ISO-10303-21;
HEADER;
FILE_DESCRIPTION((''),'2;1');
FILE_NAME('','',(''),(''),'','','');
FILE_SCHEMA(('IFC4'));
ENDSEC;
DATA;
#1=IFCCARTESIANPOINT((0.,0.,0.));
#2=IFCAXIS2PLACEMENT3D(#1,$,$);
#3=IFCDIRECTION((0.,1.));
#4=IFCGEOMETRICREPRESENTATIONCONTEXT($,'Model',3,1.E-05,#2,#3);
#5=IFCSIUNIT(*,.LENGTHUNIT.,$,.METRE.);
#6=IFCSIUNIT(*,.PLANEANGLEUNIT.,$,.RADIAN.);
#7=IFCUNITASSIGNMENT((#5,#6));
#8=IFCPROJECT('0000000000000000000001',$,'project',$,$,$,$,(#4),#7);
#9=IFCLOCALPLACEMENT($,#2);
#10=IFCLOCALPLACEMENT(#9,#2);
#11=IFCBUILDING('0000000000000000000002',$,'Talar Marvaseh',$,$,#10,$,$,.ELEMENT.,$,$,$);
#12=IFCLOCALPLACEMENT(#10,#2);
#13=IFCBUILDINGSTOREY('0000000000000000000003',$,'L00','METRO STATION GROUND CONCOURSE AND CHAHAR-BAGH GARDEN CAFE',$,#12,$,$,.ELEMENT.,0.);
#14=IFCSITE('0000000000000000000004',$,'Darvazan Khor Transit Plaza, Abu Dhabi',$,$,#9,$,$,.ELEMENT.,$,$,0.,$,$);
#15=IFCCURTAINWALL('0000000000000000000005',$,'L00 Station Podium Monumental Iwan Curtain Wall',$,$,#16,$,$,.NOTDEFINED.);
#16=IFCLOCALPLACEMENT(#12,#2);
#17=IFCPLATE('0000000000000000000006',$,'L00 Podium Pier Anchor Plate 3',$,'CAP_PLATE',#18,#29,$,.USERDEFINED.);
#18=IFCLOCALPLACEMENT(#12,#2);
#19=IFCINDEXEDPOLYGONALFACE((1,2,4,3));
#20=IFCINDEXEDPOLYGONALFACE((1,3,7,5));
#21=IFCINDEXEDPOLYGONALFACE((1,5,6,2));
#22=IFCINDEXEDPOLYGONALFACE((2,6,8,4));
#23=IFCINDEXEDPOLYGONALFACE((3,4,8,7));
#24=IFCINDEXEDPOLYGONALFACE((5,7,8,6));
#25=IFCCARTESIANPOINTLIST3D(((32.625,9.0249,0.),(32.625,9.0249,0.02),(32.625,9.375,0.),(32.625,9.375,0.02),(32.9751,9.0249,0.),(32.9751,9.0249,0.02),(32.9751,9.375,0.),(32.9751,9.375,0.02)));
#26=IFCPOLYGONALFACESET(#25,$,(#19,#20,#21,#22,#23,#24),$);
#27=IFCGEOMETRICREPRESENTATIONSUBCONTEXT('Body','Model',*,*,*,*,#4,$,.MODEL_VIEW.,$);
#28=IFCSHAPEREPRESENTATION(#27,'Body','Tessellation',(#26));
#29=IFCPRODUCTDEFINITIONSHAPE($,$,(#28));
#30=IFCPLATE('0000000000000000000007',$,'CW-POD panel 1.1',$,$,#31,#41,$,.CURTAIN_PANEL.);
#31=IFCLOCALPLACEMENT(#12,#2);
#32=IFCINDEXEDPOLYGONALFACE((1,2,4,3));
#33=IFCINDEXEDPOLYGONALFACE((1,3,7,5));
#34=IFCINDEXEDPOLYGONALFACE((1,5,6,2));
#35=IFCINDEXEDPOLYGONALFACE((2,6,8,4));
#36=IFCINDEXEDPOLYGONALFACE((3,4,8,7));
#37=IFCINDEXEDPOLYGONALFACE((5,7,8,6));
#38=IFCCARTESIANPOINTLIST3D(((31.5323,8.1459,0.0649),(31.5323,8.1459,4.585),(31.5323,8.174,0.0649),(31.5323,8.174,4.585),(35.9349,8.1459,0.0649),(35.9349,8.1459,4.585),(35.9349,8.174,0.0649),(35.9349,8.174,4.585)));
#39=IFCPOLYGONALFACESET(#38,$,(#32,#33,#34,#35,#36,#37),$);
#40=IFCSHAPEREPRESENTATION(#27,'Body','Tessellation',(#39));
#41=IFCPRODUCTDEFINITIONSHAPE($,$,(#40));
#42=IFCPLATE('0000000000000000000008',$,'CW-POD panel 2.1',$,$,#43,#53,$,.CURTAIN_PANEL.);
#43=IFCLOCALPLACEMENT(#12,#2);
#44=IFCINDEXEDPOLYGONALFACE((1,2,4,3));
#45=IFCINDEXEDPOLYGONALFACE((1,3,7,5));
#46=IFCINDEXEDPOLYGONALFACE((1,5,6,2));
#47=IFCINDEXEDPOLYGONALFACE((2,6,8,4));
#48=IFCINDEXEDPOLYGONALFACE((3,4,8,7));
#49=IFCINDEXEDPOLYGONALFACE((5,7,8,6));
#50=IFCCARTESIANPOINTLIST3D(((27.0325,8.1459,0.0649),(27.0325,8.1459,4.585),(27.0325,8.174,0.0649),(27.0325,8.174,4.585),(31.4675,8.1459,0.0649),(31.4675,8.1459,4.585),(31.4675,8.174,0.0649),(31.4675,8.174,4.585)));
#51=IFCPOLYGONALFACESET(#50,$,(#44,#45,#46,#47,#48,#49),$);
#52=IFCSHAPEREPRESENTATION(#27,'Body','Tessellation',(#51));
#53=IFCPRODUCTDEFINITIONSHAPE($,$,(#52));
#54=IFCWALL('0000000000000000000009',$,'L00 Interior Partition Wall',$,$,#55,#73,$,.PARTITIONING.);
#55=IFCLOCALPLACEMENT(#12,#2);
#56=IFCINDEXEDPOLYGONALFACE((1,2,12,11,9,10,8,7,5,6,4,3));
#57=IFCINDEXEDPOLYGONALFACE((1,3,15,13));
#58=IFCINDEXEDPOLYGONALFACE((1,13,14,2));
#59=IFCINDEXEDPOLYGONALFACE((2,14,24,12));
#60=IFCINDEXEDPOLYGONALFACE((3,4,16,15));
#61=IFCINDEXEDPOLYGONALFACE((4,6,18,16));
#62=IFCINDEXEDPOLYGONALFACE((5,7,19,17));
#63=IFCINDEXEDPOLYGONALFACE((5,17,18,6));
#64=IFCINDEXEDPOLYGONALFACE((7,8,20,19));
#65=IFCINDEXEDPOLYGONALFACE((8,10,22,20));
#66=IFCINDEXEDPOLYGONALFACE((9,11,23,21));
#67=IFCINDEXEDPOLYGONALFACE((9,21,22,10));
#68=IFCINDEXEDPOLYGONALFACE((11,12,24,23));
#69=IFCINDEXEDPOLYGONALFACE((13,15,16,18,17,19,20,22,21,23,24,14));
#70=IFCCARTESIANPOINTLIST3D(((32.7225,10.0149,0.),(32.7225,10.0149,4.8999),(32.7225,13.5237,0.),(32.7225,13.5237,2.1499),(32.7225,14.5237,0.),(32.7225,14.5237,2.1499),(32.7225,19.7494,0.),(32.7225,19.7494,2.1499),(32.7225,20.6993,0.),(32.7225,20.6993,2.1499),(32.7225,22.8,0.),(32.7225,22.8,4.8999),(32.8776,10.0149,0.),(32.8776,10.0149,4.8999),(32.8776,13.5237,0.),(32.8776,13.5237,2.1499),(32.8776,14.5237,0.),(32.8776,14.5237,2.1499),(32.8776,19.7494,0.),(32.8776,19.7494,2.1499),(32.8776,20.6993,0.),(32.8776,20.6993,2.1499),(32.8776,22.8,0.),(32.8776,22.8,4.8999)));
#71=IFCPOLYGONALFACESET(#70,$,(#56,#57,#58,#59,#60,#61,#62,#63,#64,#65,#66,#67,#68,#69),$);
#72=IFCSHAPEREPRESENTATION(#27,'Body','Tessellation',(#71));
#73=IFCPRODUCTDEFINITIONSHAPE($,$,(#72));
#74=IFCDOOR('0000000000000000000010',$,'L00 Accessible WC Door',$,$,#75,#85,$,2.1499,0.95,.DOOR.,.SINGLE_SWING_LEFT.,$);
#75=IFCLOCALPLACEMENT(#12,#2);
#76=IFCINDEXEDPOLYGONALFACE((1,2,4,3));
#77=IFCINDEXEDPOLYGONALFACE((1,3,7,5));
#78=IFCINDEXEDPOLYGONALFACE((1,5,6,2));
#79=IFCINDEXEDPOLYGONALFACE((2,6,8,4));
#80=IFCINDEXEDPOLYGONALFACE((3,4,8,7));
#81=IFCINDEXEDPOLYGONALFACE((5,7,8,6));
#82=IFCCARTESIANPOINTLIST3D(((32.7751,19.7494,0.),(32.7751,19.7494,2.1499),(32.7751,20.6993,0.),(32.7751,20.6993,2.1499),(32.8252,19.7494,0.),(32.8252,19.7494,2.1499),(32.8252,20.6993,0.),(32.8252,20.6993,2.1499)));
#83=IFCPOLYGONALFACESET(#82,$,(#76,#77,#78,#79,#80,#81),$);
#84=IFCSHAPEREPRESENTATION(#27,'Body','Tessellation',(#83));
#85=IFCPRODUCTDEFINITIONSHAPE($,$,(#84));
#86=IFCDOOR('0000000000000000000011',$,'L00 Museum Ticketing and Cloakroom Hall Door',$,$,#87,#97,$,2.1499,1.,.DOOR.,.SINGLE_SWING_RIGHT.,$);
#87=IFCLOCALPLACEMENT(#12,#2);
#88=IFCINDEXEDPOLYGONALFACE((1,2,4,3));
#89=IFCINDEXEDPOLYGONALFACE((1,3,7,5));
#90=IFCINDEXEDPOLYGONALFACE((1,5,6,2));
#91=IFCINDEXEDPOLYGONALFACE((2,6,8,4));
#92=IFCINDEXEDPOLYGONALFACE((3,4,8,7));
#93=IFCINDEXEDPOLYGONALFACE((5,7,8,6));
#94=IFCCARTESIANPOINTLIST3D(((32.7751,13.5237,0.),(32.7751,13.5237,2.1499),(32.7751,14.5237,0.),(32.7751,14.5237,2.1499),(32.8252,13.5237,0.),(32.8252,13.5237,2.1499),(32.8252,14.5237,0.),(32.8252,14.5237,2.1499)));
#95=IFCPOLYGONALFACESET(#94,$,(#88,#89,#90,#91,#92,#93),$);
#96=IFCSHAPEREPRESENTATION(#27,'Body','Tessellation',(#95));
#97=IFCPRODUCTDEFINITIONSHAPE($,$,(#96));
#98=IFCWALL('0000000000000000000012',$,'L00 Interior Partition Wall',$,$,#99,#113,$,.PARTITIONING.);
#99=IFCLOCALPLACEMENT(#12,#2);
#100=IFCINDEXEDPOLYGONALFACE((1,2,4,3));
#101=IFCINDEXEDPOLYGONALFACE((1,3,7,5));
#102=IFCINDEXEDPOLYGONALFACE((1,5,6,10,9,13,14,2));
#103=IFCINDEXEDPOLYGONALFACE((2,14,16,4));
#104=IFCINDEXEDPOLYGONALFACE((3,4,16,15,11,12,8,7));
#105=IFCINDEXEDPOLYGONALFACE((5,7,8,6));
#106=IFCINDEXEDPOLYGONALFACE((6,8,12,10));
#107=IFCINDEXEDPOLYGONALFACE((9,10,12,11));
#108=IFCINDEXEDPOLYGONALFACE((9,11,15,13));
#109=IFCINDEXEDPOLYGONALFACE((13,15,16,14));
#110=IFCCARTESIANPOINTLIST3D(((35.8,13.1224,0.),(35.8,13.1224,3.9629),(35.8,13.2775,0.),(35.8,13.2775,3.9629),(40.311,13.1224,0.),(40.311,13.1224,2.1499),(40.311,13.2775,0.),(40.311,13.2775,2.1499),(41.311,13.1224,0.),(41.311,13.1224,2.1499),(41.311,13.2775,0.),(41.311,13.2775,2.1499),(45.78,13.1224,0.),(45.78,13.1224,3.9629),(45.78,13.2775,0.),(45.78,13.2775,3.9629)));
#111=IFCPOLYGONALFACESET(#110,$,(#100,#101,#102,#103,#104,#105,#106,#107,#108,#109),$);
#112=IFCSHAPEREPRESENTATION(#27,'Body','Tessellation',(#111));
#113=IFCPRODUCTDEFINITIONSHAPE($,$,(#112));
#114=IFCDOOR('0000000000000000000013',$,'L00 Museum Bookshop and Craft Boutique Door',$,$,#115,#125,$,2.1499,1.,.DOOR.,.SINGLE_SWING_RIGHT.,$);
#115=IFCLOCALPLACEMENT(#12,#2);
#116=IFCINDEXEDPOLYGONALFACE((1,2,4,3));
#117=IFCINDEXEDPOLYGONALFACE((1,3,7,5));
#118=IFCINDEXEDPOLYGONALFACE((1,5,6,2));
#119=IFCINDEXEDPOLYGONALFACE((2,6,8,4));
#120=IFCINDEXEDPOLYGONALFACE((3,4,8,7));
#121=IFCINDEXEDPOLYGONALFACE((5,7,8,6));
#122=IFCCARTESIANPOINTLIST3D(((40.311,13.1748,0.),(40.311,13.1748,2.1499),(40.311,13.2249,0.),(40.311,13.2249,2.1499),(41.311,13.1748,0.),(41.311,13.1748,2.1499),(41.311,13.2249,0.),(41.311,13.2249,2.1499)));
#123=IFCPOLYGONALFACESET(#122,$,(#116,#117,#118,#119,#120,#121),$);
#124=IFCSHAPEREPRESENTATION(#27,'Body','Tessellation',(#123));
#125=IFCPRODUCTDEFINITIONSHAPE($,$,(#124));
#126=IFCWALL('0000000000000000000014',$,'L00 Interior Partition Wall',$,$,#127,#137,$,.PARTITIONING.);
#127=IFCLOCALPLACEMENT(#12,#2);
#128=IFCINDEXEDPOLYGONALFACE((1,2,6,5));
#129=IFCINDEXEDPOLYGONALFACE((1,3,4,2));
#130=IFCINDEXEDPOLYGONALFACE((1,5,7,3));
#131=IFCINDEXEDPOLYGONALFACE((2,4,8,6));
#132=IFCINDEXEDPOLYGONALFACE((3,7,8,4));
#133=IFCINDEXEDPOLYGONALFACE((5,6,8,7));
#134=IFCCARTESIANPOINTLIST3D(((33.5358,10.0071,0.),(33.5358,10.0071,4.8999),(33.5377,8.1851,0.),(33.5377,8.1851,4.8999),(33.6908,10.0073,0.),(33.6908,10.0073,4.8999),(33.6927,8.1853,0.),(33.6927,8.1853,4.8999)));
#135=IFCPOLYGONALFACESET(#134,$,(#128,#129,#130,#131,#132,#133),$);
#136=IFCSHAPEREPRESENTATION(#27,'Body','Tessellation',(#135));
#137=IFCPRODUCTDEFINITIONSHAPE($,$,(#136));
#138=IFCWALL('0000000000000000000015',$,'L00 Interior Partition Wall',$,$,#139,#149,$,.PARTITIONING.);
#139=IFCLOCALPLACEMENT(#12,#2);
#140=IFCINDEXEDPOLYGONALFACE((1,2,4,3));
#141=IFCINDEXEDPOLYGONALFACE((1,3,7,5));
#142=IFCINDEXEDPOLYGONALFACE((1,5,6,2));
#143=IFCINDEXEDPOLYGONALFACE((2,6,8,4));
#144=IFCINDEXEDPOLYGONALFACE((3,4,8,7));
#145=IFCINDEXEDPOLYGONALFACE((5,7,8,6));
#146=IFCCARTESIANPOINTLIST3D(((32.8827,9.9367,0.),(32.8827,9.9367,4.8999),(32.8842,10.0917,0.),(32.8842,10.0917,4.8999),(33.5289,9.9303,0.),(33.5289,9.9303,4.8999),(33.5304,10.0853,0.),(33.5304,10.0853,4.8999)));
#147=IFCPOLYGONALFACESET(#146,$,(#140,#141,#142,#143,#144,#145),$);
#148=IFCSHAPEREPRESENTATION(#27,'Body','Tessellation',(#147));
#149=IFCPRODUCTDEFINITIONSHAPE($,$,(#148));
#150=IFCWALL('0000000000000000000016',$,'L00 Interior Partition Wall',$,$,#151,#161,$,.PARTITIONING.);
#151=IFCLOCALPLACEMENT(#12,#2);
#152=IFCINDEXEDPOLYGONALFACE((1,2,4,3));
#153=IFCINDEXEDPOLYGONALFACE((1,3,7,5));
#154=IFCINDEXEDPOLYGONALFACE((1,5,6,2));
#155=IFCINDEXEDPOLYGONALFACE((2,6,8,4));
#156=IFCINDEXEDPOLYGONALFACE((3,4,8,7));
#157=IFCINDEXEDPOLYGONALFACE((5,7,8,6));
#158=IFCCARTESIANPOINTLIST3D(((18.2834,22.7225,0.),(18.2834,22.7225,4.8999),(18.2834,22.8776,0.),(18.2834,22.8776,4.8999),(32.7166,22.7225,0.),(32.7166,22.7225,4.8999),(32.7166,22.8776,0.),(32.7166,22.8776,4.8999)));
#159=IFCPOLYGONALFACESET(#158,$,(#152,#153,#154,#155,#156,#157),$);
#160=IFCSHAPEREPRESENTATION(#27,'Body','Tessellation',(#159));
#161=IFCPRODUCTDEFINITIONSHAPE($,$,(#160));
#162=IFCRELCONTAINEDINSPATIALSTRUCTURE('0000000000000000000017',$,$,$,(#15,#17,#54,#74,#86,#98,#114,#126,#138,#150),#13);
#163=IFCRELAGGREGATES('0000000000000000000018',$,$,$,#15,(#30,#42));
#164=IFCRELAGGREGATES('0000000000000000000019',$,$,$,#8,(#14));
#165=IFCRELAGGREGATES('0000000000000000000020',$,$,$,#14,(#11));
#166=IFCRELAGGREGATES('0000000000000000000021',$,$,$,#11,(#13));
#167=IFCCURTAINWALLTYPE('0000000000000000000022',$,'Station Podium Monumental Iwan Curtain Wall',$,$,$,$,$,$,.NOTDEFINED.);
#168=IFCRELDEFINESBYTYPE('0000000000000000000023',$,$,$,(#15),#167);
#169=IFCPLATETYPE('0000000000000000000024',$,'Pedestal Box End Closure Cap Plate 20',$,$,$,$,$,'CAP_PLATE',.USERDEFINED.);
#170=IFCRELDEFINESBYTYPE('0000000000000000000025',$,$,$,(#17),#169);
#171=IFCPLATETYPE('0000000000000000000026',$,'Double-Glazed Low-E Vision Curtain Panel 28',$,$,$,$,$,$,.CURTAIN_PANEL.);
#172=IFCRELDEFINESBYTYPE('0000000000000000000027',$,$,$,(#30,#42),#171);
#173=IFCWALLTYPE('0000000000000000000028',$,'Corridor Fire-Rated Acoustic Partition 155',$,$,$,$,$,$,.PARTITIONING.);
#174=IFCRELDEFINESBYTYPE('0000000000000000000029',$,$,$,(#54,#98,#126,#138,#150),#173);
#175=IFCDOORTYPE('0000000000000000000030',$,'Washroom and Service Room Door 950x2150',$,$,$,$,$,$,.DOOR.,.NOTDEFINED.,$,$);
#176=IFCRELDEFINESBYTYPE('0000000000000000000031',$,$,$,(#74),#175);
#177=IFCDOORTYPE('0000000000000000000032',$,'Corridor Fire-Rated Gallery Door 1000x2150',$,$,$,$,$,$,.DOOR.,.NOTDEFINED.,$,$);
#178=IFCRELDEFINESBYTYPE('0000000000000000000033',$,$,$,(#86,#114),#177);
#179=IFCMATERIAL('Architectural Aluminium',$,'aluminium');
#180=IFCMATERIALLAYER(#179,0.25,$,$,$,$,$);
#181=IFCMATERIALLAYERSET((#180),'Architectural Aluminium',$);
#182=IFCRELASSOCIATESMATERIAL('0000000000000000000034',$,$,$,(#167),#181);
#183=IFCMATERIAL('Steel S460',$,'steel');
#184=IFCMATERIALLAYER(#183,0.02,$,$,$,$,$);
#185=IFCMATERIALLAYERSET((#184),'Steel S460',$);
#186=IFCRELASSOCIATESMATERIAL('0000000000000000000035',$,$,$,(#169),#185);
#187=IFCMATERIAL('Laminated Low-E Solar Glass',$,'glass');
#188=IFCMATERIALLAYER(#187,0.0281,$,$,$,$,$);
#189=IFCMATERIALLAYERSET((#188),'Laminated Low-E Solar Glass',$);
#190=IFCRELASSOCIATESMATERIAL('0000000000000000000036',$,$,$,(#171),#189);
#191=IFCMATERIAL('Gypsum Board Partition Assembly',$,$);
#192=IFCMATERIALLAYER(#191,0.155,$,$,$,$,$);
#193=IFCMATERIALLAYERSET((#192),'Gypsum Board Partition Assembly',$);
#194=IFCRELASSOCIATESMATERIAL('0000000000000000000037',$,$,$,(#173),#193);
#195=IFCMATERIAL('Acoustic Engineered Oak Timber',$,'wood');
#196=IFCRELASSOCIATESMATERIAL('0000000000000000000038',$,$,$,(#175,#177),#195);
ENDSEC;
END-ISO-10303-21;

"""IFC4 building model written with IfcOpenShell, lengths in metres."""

from ifc_helpers import new_model, si_unit, direction, frame, frame_2d, origin, origin_2d, place, context, subcontext, project, spatial, rectangle, extrude, source, transform, mapped, material, layer, layer_set, type_object, type_shapes, element, fill, aggregate, save


model = new_model("IFC4")

# Units and contexts
model_context = context("Model", 3, precision=1e-05, world=origin(), true_north=direction((0.0, 1.0)))
body_context = subcontext(model_context, "Body", "Model", "MODEL_VIEW")
ifc_project = project(units=[si_unit("LENGTHUNIT", "METRE"), si_unit("PLANEANGLEUNIT", "RADIAN")], contexts=[model_context])

# Site, building, storey
site_placement = place(None, origin())
site = spatial("IfcSite", under=ifc_project, at=site_placement, Name="Darvazan Khor Transit Plaza, Abu Dhabi", CompositionType="ELEMENT", RefElevation=0.0)
building_placement = place(site_placement, origin())
building = spatial("IfcBuilding", under=site, at=building_placement, Name="Talar Marvaseh", CompositionType="ELEMENT")
storey_placement = place(building_placement, origin())
storey = spatial("IfcBuildingStorey", under=building, at=storey_placement, Name="L00", Description="METRO STATION GROUND CONCOURSE AND CHAHAR-BAGH GARDEN CAFE", CompositionType="ELEMENT", Elevation=0.0)

# Curtain wall
ifc_material_1 = material(Name="Architectural Aluminium", Category="aluminium")
ifc_layer_1 = layer(ifc_material_1, 0.25)
ifc_layer_set_1 = layer_set([ifc_layer_1], Name="Architectural Aluminium")
curtain_wall_type = type_object("IfcCurtainWallType", Name="Station Podium Monumental Iwan Curtain Wall", PredefinedType="NOTDEFINED", material=ifc_layer_set_1)
curtain_wall_placement = place(storey_placement, origin())
curtain_wall = element("IfcCurtainWall", 1, at=curtain_wall_placement, inside=storey, type_object=curtain_wall_type, Name="L00 Station Podium Monumental Iwan Curtain Wall", PredefinedType="NOTDEFINED")

# Plates
ifc_material_2 = material(Name="Steel S460", Category="steel")
ifc_layer_2 = layer(ifc_material_2, 0.02)
ifc_layer_set_2 = layer_set([ifc_layer_2], Name="Steel S460")
plate_type_1 = type_object("IfcPlateType", Name="Pedestal Box End Closure Cap Plate 20", ElementType="CAP_PLATE", PredefinedType="USERDEFINED", material=ifc_layer_set_2)
shared_shape_1 = source(origin(), body_context, "Body", "SweptSolid", [
    extrude(rectangle(XDim=0.3501, YDim=0.3501, at=origin_2d()), origin(), (0.0, 0.0, 1.0), 0.02),
])
type_shapes(plate_type_1, [shared_shape_1])
plate_1_placement = place(storey_placement, frame((32.8, 9.2, 0.0), z_axis=(0.0, 0.0, 1.0), x_axis=(1.0, 0.0, 0.0)))
element("IfcPlate", 2, at=plate_1_placement, inside=storey, type_object=plate_type_1, Name="L00 Podium Pier Anchor Plate 3", ObjectType="CAP_PLATE", PredefinedType="USERDEFINED", context=body_context, shape_type="MappedRepresentation", body=[
    mapped(shared_shape_1, transform((0.0, 0.0, 0.0), x_axis=(1.0, 0.0, 0.0), y_axis=(0.0, 1.0, 0.0), z_axis=(0.0, 0.0, 1.0), scale=1.0)),
])
ifc_material_3 = material(Name="Laminated Low-E Solar Glass", Category="glass")
ifc_layer_3 = layer(ifc_material_3, 0.0281)
ifc_layer_set_3 = layer_set([ifc_layer_3], Name="Laminated Low-E Solar Glass")
plate_type_2 = type_object("IfcPlateType", Name="Double-Glazed Low-E Vision Curtain Panel 28", PredefinedType="CURTAIN_PANEL", material=ifc_layer_set_3)
shared_shape_2 = source(origin(), body_context, "Body", "SweptSolid", [
    extrude(rectangle(XDim=4.4026, YDim=0.0281, at=origin_2d()), origin(), (0.0, 0.0, 1.0), 4.52),
])
plate_2_placement = place(storey_placement, frame((33.7336, 8.1599, 0.0649), z_axis=(0.0, 0.0, 1.0), x_axis=(-1.0, 0.0, 0.0)))
plate_2 = element("IfcPlate", 3, at=plate_2_placement, type_object=plate_type_2, Name="CW-POD panel 1.1", PredefinedType="CURTAIN_PANEL", context=body_context, shape_type="MappedRepresentation", body=[
    mapped(shared_shape_2, transform((0.0, 0.0, 0.0), x_axis=(1.0, 0.0, 0.0), y_axis=(0.0, 1.0, 0.0), z_axis=(0.0, 0.0, 1.0), scale=1.0)),
])
shared_shape_3 = source(origin(), body_context, "Body", "SweptSolid", [
    extrude(rectangle(XDim=4.4351, YDim=0.0281, at=origin_2d()), origin(), (0.0, 0.0, 1.0), 4.52),
])
type_shapes(plate_type_2, [shared_shape_2, shared_shape_3])
plate_3_placement = place(storey_placement, frame((29.25, 8.1599, 0.0649), z_axis=(0.0, 0.0, 1.0), x_axis=(-1.0, 0.0, 0.0)))
plate_3 = element("IfcPlate", 4, at=plate_3_placement, type_object=plate_type_2, Name="CW-POD panel 2.1", PredefinedType="CURTAIN_PANEL", context=body_context, shape_type="MappedRepresentation", body=[
    mapped(shared_shape_3, transform((0.0, 0.0, 0.0), x_axis=(1.0, 0.0, 0.0), y_axis=(0.0, 1.0, 0.0), z_axis=(0.0, 0.0, 1.0), scale=1.0)),
])
aggregate(curtain_wall, [plate_2, plate_3])

# Wall, openings, doors
ifc_material_4 = material(Name="Gypsum Board Partition Assembly")
ifc_layer_4 = layer(ifc_material_4, 0.155)
ifc_layer_set_4 = layer_set([ifc_layer_4], Name="Gypsum Board Partition Assembly")
wall_type_1 = type_object("IfcWallType", Name="Corridor Fire-Rated Acoustic Partition 155", PredefinedType="PARTITIONING", material=ifc_layer_set_4)
wall_1_placement = place(storey_placement, frame((32.8, 10.0149, 0.0), z_axis=(0.0, 0.0, 1.0), x_axis=(0.0, 1.0, 0.0)))
wall_1 = element("IfcWall", 5, at=wall_1_placement, inside=storey, type_object=wall_type_1, Name="L00 Interior Partition Wall", PredefinedType="PARTITIONING", context=body_context, shape_type="SweptSolid", body=[
    extrude(rectangle(XDim=12.7852, YDim=0.155, at=frame_2d((6.3926, 0.0))), origin(), (0.0, 0.0, 1.0), 4.8999),
])
opening_1_placement = place(wall_1_placement, frame((3.5088, 0.0, 0.0)))
opening_1 = element("IfcOpeningElement", 6, at=opening_1_placement, cuts=wall_1, PredefinedType="OPENING", context=body_context, shape_type="SweptSolid", body=[
    extrude(rectangle(XDim=1.0, YDim=2.1499, at=frame_2d((0.5, 1.075))), frame((0.0, 0.0874, 0.0), z_axis=(0.0, -1.0, 0.0), x_axis=(1.0, 0.0, 0.0)), (0.0, 0.0, 1.0), 0.175),
])
opening_2_placement = place(wall_1_placement, frame((9.7344, 0.0, 0.0)))
opening_2 = element("IfcOpeningElement", 7, at=opening_2_placement, cuts=wall_1, PredefinedType="OPENING", context=body_context, shape_type="SweptSolid", body=[
    extrude(rectangle(XDim=0.95, YDim=2.1499, at=frame_2d((0.4751, 1.075))), frame((0.0, 0.0874, 0.0), z_axis=(0.0, -1.0, 0.0), x_axis=(1.0, 0.0, 0.0)), (0.0, 0.0, 1.0), 0.175),
])
ifc_material_5 = material(Name="Acoustic Engineered Oak Timber", Category="wood")
door_type_1 = type_object("IfcDoorType", Name="Washroom and Service Room Door 950x2150", OperationType="NOTDEFINED", PredefinedType="DOOR", material=ifc_material_5)
shared_shape_4 = source(origin(), body_context, "Body", "SweptSolid", [
    extrude(rectangle(XDim=0.95, YDim=2.1499, at=frame_2d((0.4751, 1.075))), frame((0.0, 0.0249, 0.0), z_axis=(0.0, -1.0, 0.0), x_axis=(1.0, 0.0, 0.0)), (0.0, 0.0, 1.0), 0.05),
])
type_shapes(door_type_1, [shared_shape_4])
door_1_placement = place(opening_2_placement, origin())
door_1 = element("IfcDoor", 8, at=door_1_placement, inside=storey, type_object=door_type_1, Name="L00 Accessible WC Door", OperationType="SINGLE_SWING_LEFT", OverallHeight=2.1499, OverallWidth=0.95, PredefinedType="DOOR", context=body_context, shape_type="MappedRepresentation", body=[
    mapped(shared_shape_4, transform((0.0, 0.0, 0.0), x_axis=(1.0, 0.0, 0.0), y_axis=(0.0, 1.0, 0.0), z_axis=(0.0, 0.0, 1.0), scale=1.0)),
])
fill(opening_2, door_1)
door_type_2 = type_object("IfcDoorType", Name="Corridor Fire-Rated Gallery Door 1000x2150", OperationType="NOTDEFINED", PredefinedType="DOOR", material=ifc_material_5)
shared_shape_5 = source(origin(), body_context, "Body", "SweptSolid", [
    extrude(rectangle(XDim=1.0, YDim=2.1499, at=frame_2d((0.5, 1.075))), frame((0.0, 0.0249, 0.0), z_axis=(0.0, -1.0, 0.0), x_axis=(1.0, 0.0, 0.0)), (0.0, 0.0, 1.0), 0.05),
])
type_shapes(door_type_2, [shared_shape_5])
door_2_placement = place(opening_1_placement, origin())
door_2 = element("IfcDoor", 9, at=door_2_placement, inside=storey, type_object=door_type_2, Name="L00 Museum Ticketing and Cloakroom Hall Door", OperationType="SINGLE_SWING_RIGHT", OverallHeight=2.1499, OverallWidth=1.0, PredefinedType="DOOR", context=body_context, shape_type="MappedRepresentation", body=[
    mapped(shared_shape_5, transform((0.0, 0.0, 0.0), x_axis=(1.0, 0.0, 0.0), y_axis=(0.0, 1.0, 0.0), z_axis=(0.0, 0.0, 1.0), scale=1.0)),
])
fill(opening_1, door_2)

# Wall, opening, door
wall_2_placement = place(storey_placement, frame((35.8, 13.2, 0.0), z_axis=(0.0, 0.0, 1.0), x_axis=(1.0, 0.0, 0.0)))
wall_2 = element("IfcWall", 10, at=wall_2_placement, inside=storey, type_object=wall_type_1, Name="L00 Interior Partition Wall", PredefinedType="PARTITIONING", context=body_context, shape_type="SweptSolid", body=[
    extrude(rectangle(XDim=9.98, YDim=0.155, at=frame_2d((4.99, 0.0))), origin(), (0.0, 0.0, 1.0), 3.9629),
])
opening_3_placement = place(wall_2_placement, frame((4.511, 0.0, 0.0)))
opening_3 = element("IfcOpeningElement", 11, at=opening_3_placement, cuts=wall_2, PredefinedType="OPENING", context=body_context, shape_type="SweptSolid", body=[
    extrude(rectangle(XDim=1.0, YDim=2.1499, at=frame_2d((0.5, 1.075))), frame((0.0, 0.0874, 0.0), z_axis=(0.0, -1.0, 0.0), x_axis=(1.0, 0.0, 0.0)), (0.0, 0.0, 1.0), 0.175),
])
door_3_placement = place(opening_3_placement, origin())
door_3 = element("IfcDoor", 12, at=door_3_placement, inside=storey, type_object=door_type_2, Name="L00 Museum Bookshop and Craft Boutique Door", OperationType="SINGLE_SWING_RIGHT", OverallHeight=2.1499, OverallWidth=1.0, PredefinedType="DOOR", context=body_context, shape_type="MappedRepresentation", body=[
    mapped(shared_shape_5, transform((0.0, 0.0, 0.0), x_axis=(1.0, 0.0, 0.0), y_axis=(0.0, 1.0, 0.0), z_axis=(0.0, 0.0, 1.0), scale=1.0)),
])
fill(opening_3, door_3)

# Walls
wall_3_placement = place(storey_placement, frame((33.6152, 8.1851, 0.0), z_axis=(0.0, 0.0, 1.0), x_axis=(-0.001072, 0.999999, 0.0)))
element("IfcWall", 13, at=wall_3_placement, inside=storey, type_object=wall_type_1, Name="L00 Interior Partition Wall", PredefinedType="PARTITIONING", context=body_context, shape_type="SweptSolid", body=[
    extrude(rectangle(XDim=1.822, YDim=0.155, at=frame_2d((0.9111, 0.0))), origin(), (0.0, 0.0, 1.0), 4.8999),
])
wall_4_placement = place(storey_placement, frame((33.5298, 10.0078, 0.0), z_axis=(0.0, 0.0, 1.0), x_axis=(-0.999952, 0.009822, 0.0)))
element("IfcWall", 14, at=wall_4_placement, inside=storey, type_object=wall_type_1, Name="L00 Interior Partition Wall", PredefinedType="PARTITIONING", context=body_context, shape_type="SweptSolid", body=[
    extrude(rectangle(XDim=0.6462, YDim=0.155, at=frame_2d((0.3232, 0.0))), origin(), (0.0, 0.0, 1.0), 4.8999),
])
wall_5_placement = place(storey_placement, frame((32.7166, 22.8, 0.0), z_axis=(0.0, 0.0, 1.0), x_axis=(-1.0, 0.0, 0.0)))
element("IfcWall", 15, at=wall_5_placement, inside=storey, type_object=wall_type_1, Name="L00 Interior Partition Wall", PredefinedType="PARTITIONING", context=body_context, shape_type="SweptSolid", body=[
    extrude(rectangle(XDim=14.4331, YDim=0.155, at=frame_2d((7.2166, 0.0))), origin(), (0.0, 0.0, 1.0), 4.8999),
])

save(model, "model.ifc")
